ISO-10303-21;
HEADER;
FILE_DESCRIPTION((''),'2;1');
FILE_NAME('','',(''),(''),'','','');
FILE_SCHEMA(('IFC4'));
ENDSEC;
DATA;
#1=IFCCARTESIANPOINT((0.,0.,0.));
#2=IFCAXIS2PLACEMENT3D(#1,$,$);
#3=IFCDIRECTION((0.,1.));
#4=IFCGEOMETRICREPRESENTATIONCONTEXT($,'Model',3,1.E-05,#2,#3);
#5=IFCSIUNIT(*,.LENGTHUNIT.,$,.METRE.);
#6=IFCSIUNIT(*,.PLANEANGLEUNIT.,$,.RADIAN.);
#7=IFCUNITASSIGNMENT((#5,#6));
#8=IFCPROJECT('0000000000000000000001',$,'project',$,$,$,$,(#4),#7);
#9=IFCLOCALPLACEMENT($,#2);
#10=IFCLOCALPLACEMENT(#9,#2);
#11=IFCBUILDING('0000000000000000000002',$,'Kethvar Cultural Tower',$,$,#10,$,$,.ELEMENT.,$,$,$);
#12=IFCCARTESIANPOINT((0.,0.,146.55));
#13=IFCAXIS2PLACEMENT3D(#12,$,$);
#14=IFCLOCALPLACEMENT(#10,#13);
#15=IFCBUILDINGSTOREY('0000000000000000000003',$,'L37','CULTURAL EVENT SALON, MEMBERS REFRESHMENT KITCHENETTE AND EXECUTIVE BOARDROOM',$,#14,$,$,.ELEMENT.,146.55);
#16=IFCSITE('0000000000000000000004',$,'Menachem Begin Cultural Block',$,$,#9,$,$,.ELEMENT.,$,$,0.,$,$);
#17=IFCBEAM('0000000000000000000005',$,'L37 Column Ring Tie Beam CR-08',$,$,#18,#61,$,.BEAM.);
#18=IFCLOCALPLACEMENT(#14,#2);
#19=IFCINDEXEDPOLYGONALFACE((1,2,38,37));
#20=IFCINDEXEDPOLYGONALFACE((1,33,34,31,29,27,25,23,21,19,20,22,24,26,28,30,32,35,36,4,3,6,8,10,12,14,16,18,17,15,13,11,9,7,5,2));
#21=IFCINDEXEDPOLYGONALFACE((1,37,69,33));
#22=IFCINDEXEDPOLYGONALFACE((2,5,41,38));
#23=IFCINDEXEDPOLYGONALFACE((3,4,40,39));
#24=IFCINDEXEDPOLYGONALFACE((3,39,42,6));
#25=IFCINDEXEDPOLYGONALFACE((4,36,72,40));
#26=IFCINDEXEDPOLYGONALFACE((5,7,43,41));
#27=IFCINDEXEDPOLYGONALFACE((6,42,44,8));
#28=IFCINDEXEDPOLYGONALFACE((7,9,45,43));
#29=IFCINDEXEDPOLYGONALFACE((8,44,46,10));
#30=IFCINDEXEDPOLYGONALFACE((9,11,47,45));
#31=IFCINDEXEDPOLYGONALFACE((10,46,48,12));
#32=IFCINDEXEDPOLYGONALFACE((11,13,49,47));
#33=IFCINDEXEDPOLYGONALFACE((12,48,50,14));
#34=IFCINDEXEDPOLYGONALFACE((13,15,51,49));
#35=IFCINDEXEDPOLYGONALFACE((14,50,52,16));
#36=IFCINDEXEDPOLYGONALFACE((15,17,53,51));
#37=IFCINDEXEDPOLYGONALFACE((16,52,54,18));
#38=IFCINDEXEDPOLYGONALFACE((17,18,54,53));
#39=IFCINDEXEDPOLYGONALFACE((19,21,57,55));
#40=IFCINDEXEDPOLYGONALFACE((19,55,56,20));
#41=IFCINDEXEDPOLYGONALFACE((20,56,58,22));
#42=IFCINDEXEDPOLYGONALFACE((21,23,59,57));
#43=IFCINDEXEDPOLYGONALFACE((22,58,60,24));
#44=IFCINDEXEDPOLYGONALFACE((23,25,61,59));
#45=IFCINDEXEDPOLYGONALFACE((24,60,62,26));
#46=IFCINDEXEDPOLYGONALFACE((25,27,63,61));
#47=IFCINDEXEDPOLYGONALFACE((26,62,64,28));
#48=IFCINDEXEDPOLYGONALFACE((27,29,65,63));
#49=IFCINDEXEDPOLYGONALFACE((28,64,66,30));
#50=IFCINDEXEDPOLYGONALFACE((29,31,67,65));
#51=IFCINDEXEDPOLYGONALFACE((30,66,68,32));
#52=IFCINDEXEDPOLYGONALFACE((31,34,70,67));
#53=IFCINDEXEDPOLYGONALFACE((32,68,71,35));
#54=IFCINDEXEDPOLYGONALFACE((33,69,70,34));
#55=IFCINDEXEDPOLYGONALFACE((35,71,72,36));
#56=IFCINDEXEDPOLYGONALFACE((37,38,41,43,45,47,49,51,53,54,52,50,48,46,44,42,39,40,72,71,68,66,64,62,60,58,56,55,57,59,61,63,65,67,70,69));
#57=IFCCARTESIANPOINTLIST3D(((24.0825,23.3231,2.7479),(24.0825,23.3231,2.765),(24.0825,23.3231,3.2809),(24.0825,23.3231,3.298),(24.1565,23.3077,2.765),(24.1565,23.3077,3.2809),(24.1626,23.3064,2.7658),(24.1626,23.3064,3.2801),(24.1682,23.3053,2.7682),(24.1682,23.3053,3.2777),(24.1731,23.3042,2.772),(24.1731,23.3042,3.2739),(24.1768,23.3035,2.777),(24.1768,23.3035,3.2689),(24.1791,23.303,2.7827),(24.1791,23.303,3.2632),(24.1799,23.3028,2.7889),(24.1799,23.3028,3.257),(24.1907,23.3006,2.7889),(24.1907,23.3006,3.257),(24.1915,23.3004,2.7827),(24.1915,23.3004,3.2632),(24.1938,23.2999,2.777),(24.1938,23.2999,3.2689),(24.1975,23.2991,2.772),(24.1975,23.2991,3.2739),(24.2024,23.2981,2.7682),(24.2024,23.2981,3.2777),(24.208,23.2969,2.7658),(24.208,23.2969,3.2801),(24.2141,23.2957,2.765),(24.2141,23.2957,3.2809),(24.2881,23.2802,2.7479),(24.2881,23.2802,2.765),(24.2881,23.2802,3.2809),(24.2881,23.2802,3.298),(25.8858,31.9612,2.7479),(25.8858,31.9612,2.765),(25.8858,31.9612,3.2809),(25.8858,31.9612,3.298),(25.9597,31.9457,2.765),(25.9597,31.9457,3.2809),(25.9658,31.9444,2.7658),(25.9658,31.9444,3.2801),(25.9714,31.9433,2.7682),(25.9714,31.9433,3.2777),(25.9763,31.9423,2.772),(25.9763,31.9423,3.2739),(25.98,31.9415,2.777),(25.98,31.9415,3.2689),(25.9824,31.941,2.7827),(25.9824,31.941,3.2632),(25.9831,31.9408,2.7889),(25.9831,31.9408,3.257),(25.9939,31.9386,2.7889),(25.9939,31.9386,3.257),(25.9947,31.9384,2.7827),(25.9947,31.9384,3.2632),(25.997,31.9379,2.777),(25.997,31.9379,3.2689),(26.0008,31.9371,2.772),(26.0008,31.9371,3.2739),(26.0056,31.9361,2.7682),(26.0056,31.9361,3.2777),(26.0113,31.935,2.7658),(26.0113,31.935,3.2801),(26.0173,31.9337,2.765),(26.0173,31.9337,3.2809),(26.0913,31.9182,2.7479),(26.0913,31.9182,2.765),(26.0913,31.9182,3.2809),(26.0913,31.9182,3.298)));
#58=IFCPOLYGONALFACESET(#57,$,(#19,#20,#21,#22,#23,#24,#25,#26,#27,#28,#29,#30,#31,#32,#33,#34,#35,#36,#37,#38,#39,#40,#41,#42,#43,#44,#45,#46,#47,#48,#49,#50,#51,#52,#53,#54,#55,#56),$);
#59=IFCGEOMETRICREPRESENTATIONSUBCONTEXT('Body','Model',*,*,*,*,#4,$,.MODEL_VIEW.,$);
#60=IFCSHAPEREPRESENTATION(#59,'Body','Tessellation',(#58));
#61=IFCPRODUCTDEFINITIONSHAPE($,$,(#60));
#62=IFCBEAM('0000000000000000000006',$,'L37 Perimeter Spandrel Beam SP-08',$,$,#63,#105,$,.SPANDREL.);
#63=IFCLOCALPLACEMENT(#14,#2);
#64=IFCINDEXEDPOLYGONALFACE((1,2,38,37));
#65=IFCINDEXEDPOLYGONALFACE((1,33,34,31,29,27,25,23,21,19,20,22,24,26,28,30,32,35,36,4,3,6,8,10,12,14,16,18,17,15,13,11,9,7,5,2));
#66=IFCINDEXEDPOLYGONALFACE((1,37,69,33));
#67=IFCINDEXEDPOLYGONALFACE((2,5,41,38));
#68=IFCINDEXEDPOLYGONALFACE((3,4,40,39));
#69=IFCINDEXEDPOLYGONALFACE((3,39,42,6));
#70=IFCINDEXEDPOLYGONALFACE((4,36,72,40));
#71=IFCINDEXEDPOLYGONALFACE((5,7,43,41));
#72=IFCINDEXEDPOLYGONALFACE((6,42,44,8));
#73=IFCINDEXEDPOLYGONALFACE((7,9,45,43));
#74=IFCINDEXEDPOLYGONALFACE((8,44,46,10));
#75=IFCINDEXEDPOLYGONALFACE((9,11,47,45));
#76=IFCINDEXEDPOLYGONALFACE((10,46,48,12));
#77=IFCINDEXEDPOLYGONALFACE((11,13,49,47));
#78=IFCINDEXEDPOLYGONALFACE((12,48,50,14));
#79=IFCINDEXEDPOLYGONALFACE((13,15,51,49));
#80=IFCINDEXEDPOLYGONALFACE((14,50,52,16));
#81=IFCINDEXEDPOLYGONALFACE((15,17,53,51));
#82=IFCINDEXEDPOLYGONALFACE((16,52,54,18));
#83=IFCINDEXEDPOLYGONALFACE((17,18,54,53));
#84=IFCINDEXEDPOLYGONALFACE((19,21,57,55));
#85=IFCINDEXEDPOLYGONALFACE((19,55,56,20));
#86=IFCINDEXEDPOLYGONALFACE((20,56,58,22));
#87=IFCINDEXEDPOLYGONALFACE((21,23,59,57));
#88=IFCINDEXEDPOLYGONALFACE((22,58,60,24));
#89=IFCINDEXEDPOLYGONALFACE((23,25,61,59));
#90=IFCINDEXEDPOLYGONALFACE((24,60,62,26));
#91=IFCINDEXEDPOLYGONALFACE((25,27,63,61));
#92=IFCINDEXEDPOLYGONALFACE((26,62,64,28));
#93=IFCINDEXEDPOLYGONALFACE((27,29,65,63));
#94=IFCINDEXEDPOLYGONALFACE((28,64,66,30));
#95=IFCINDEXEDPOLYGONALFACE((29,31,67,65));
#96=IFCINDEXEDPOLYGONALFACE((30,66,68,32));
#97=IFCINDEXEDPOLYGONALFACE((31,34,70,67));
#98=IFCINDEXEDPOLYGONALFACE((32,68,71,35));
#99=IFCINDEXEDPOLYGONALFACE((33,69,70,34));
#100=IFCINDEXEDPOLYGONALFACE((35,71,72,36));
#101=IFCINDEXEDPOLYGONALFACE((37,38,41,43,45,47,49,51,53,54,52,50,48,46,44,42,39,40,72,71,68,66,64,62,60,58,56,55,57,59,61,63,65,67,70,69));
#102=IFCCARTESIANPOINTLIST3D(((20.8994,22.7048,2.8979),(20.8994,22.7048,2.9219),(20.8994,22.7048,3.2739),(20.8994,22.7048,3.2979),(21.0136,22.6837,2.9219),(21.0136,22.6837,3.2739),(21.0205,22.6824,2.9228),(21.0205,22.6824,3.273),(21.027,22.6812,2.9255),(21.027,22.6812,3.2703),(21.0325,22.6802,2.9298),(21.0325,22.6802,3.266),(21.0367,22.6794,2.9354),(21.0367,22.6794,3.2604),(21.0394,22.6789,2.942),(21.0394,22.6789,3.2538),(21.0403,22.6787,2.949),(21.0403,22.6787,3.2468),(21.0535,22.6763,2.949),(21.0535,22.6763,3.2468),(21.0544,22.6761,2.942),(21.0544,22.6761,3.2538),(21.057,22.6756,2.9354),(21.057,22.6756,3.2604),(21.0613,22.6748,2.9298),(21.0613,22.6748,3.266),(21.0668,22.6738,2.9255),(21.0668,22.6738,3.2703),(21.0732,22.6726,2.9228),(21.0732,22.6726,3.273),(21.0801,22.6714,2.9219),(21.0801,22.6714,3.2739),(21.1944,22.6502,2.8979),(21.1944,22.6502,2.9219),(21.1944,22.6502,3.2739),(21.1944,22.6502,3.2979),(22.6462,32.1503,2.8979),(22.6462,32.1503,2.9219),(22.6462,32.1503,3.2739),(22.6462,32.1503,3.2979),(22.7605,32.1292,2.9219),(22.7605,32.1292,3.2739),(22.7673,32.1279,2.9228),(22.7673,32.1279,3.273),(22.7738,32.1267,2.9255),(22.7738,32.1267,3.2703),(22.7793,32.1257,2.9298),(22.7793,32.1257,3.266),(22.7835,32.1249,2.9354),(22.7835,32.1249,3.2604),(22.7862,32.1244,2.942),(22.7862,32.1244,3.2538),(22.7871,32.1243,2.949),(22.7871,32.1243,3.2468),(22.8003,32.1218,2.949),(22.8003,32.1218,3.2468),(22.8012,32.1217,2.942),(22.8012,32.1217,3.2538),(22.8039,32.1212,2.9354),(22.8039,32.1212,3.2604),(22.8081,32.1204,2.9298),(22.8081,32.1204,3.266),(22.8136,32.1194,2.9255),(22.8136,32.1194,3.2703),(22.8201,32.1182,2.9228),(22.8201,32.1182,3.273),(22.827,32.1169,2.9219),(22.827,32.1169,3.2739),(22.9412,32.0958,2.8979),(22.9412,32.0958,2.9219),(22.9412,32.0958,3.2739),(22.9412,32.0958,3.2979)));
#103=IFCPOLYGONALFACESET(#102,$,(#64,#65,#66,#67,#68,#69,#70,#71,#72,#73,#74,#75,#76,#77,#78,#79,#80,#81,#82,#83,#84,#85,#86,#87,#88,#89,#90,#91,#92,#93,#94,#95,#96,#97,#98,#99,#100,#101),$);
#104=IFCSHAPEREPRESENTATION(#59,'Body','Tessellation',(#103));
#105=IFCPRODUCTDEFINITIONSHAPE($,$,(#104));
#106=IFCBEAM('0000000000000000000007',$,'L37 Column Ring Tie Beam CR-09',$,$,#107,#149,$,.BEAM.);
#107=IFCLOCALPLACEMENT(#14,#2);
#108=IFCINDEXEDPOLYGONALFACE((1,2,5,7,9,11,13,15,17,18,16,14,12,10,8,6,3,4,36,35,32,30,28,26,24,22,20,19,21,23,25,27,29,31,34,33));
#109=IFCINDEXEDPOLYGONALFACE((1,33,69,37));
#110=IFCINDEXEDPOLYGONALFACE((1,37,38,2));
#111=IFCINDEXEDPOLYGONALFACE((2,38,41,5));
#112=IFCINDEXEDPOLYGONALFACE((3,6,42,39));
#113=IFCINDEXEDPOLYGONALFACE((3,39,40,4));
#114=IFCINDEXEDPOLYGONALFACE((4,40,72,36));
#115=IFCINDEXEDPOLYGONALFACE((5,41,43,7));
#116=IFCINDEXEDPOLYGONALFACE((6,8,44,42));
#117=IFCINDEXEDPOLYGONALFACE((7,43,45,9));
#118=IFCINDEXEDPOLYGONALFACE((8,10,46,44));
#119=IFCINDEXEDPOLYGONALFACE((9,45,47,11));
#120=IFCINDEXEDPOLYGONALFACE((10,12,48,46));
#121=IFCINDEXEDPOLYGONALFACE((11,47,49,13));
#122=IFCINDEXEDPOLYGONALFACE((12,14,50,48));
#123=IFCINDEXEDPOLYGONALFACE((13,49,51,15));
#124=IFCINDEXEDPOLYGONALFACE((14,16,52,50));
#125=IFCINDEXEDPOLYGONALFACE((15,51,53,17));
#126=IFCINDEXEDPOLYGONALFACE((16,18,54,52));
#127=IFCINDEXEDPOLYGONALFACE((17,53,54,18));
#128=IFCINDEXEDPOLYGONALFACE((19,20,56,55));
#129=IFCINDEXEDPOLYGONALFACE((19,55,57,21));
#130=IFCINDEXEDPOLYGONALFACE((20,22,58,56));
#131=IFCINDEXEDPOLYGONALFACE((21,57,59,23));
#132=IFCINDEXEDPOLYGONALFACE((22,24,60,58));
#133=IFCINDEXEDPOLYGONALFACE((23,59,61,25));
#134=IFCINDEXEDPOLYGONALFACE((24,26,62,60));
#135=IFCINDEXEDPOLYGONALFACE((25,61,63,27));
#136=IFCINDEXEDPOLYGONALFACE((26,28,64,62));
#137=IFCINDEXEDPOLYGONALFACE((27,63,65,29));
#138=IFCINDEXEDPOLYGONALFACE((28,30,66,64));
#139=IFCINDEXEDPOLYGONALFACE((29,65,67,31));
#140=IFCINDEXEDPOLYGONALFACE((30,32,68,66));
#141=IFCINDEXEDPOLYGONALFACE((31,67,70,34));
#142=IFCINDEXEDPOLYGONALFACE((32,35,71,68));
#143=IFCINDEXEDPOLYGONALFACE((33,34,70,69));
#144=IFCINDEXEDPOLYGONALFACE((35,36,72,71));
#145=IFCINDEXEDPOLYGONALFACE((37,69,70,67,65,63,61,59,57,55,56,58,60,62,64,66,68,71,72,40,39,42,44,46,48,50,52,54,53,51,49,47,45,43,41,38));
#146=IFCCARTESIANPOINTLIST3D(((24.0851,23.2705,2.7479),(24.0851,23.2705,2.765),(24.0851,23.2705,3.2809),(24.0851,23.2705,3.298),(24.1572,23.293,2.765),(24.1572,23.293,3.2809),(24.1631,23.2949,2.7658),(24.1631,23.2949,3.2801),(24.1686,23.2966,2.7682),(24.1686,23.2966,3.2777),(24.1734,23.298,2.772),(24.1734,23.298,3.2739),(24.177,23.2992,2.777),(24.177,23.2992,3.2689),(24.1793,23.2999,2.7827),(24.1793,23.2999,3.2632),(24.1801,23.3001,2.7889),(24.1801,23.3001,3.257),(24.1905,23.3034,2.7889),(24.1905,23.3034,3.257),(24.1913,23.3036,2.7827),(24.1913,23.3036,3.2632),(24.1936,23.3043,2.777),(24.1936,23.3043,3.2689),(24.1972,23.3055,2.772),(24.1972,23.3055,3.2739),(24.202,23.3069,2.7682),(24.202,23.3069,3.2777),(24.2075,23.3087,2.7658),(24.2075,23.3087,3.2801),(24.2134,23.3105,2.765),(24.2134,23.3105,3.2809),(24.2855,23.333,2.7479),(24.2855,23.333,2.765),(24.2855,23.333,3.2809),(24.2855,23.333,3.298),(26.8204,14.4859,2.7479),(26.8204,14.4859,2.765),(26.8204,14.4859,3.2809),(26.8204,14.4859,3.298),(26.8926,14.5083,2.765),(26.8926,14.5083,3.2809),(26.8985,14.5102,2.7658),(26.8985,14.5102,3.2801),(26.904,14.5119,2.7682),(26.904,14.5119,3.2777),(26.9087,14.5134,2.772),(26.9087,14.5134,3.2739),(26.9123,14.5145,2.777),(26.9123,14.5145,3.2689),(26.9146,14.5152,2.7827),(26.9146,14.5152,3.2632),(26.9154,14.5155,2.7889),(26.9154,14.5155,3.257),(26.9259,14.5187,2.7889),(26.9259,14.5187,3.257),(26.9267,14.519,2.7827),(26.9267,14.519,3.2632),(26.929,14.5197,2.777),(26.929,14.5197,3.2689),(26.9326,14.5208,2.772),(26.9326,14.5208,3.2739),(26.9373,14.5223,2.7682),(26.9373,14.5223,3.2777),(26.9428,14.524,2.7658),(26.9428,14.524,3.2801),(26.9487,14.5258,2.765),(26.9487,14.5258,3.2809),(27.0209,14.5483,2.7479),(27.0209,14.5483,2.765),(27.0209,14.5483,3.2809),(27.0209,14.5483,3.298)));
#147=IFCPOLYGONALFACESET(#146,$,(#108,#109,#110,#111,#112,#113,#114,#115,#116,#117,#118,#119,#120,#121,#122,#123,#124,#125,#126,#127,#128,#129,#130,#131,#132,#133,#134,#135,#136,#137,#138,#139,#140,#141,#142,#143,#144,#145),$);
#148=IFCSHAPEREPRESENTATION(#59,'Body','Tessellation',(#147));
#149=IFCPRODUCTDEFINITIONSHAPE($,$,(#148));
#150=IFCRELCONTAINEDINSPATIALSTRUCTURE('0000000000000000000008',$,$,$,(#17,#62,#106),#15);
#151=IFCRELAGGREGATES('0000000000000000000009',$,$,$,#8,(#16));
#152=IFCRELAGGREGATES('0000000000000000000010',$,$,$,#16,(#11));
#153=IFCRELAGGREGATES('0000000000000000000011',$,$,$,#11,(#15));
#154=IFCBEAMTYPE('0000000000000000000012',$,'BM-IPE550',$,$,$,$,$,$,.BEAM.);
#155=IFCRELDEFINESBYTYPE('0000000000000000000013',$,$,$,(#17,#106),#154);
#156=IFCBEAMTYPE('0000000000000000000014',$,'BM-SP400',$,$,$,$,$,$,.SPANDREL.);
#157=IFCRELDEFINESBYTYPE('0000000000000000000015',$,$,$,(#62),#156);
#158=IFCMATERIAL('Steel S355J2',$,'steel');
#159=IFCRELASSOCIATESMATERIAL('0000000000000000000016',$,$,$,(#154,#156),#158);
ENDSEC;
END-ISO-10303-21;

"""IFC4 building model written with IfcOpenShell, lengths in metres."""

from ifc_helpers import new_model, si_unit, direction, frame, origin, origin_2d, place, context, subcontext, project, spatial, i_section, extrude, source, transform, mapped, material, material_profile, profile_set, type_object, element, save


model = new_model("IFC4")

# Units and contexts
model_context = context("Model", 3, precision=1e-05, world=origin(), true_north=direction((0.0, 1.0)))
body_context = subcontext(model_context, "Body", "Model", "MODEL_VIEW")
ifc_project = project(units=[si_unit("LENGTHUNIT", "METRE"), si_unit("PLANEANGLEUNIT", "RADIAN")], contexts=[model_context])

# Site, building, storey
site_placement = place(None, origin())
site = spatial("IfcSite", under=ifc_project, at=site_placement, Name="Menachem Begin Cultural Block", CompositionType="ELEMENT", RefElevation=0.0)
building_placement = place(site_placement, origin())
building = spatial("IfcBuilding", under=site, at=building_placement, Name="Kethvar Cultural Tower", CompositionType="ELEMENT")
storey_placement = place(building_placement, frame((0.0, 0.0, 146.55)))
storey = spatial("IfcBuildingStorey", under=building, at=storey_placement, Name="L37", Description="CULTURAL EVENT SALON, MEMBERS REFRESHMENT KITCHENETTE AND EXECUTIVE BOARDROOM", CompositionType="ELEMENT", Elevation=146.55)

# Beams
ifc_material_1 = material(Name="Steel S355J2", Category="steel")
ifc_material_profile_1 = material_profile(ifc_material_1, i_section(OverallWidth=0.21, OverallDepth=0.55, WebThickness=0.011, FlangeThickness=0.0171, FilletRadius=0.0239, at=origin_2d()), Name="Steel S355J2 — IPE550")
ifc_profile_set_1 = profile_set([ifc_material_profile_1], Name="Steel S355J2 — IPE550")
beam_type_1 = type_object("IfcBeamType", Name="BM-IPE550", PredefinedType="BEAM", material=ifc_profile_set_1)
shared_shape_1 = source(origin(), body_context, "Body", "SweptSolid", [
    extrude(i_section(OverallWidth=0.21, OverallDepth=0.55, WebThickness=0.011, FlangeThickness=0.0171, FilletRadius=0.0239, at=origin_2d()), origin(), (0.0, 0.0, 1.0), 8.8242),
])
beam_1_placement = place(storey_placement, frame((25.9885, 31.9397, 3.0229), z_axis=(-0.204351, -0.978898, 0.0), x_axis=(0.978898, -0.204351, 0.0)))
element("IfcBeam", 1, at=beam_1_placement, inside=storey, type_object=beam_type_1, Name="L37 Column Ring Tie Beam CR-08", PredefinedType="BEAM", context=body_context, shape_type="MappedRepresentation", body=[
    mapped(shared_shape_1, transform((0.0, 0.0, 0.0), scale=1.0)),
])
ifc_material_profile_2 = material_profile(ifc_material_1, i_section(OverallWidth=0.3, OverallDepth=0.3999, WebThickness=0.0134, FlangeThickness=0.0239, FilletRadius=0.0271, at=origin_2d()), Name="Steel S355J2 — HEB400")
ifc_profile_set_2 = profile_set([ifc_material_profile_2], Name="Steel S355J2 — HEB400")
beam_type_2 = type_object("IfcBeamType", Name="BM-SP400", PredefinedType="SPANDREL", material=ifc_profile_set_2)
shared_shape_2 = source(origin(), body_context, "Body", "SweptSolid", [
    extrude(i_section(OverallWidth=0.3, OverallDepth=0.3999, WebThickness=0.0134, FlangeThickness=0.0239, FilletRadius=0.0271, at=origin_2d()), origin(), (0.0, 0.0, 1.0), 9.6057),
])
beam_2_placement = place(storey_placement, frame((22.7937, 32.123, 3.0979), z_axis=(-0.181853, -0.983326, 0.0), x_axis=(0.983326, -0.181853, 0.0)))
element("IfcBeam", 2, at=beam_2_placement, inside=storey, type_object=beam_type_2, Name="L37 Perimeter Spandrel Beam SP-08", PredefinedType="SPANDREL", context=body_context, shape_type="MappedRepresentation", body=[
    mapped(shared_shape_2, transform((0.0, 0.0, 0.0), scale=1.0)),
])
shared_shape_3 = source(origin(), body_context, "Body", "SweptSolid", [
    extrude(i_section(OverallWidth=0.21, OverallDepth=0.55, WebThickness=0.011, FlangeThickness=0.0171, FilletRadius=0.0239, at=origin_2d()), origin(), (0.0, 0.0, 1.0), 9.2007),
])
beam_3_placement = place(storey_placement, frame((24.1853, 23.3018, 3.0229), z_axis=(0.297299, -0.954784, 0.0), x_axis=(0.954784, 0.297299, 0.0)))
element("IfcBeam", 3, at=beam_3_placement, inside=storey, type_object=beam_type_1, Name="L37 Column Ring Tie Beam CR-09", PredefinedType="BEAM", context=body_context, shape_type="MappedRepresentation", body=[
    mapped(shared_shape_3, transform((0.0, 0.0, 0.0), scale=1.0)),
])

save(model, "model.ifc")
